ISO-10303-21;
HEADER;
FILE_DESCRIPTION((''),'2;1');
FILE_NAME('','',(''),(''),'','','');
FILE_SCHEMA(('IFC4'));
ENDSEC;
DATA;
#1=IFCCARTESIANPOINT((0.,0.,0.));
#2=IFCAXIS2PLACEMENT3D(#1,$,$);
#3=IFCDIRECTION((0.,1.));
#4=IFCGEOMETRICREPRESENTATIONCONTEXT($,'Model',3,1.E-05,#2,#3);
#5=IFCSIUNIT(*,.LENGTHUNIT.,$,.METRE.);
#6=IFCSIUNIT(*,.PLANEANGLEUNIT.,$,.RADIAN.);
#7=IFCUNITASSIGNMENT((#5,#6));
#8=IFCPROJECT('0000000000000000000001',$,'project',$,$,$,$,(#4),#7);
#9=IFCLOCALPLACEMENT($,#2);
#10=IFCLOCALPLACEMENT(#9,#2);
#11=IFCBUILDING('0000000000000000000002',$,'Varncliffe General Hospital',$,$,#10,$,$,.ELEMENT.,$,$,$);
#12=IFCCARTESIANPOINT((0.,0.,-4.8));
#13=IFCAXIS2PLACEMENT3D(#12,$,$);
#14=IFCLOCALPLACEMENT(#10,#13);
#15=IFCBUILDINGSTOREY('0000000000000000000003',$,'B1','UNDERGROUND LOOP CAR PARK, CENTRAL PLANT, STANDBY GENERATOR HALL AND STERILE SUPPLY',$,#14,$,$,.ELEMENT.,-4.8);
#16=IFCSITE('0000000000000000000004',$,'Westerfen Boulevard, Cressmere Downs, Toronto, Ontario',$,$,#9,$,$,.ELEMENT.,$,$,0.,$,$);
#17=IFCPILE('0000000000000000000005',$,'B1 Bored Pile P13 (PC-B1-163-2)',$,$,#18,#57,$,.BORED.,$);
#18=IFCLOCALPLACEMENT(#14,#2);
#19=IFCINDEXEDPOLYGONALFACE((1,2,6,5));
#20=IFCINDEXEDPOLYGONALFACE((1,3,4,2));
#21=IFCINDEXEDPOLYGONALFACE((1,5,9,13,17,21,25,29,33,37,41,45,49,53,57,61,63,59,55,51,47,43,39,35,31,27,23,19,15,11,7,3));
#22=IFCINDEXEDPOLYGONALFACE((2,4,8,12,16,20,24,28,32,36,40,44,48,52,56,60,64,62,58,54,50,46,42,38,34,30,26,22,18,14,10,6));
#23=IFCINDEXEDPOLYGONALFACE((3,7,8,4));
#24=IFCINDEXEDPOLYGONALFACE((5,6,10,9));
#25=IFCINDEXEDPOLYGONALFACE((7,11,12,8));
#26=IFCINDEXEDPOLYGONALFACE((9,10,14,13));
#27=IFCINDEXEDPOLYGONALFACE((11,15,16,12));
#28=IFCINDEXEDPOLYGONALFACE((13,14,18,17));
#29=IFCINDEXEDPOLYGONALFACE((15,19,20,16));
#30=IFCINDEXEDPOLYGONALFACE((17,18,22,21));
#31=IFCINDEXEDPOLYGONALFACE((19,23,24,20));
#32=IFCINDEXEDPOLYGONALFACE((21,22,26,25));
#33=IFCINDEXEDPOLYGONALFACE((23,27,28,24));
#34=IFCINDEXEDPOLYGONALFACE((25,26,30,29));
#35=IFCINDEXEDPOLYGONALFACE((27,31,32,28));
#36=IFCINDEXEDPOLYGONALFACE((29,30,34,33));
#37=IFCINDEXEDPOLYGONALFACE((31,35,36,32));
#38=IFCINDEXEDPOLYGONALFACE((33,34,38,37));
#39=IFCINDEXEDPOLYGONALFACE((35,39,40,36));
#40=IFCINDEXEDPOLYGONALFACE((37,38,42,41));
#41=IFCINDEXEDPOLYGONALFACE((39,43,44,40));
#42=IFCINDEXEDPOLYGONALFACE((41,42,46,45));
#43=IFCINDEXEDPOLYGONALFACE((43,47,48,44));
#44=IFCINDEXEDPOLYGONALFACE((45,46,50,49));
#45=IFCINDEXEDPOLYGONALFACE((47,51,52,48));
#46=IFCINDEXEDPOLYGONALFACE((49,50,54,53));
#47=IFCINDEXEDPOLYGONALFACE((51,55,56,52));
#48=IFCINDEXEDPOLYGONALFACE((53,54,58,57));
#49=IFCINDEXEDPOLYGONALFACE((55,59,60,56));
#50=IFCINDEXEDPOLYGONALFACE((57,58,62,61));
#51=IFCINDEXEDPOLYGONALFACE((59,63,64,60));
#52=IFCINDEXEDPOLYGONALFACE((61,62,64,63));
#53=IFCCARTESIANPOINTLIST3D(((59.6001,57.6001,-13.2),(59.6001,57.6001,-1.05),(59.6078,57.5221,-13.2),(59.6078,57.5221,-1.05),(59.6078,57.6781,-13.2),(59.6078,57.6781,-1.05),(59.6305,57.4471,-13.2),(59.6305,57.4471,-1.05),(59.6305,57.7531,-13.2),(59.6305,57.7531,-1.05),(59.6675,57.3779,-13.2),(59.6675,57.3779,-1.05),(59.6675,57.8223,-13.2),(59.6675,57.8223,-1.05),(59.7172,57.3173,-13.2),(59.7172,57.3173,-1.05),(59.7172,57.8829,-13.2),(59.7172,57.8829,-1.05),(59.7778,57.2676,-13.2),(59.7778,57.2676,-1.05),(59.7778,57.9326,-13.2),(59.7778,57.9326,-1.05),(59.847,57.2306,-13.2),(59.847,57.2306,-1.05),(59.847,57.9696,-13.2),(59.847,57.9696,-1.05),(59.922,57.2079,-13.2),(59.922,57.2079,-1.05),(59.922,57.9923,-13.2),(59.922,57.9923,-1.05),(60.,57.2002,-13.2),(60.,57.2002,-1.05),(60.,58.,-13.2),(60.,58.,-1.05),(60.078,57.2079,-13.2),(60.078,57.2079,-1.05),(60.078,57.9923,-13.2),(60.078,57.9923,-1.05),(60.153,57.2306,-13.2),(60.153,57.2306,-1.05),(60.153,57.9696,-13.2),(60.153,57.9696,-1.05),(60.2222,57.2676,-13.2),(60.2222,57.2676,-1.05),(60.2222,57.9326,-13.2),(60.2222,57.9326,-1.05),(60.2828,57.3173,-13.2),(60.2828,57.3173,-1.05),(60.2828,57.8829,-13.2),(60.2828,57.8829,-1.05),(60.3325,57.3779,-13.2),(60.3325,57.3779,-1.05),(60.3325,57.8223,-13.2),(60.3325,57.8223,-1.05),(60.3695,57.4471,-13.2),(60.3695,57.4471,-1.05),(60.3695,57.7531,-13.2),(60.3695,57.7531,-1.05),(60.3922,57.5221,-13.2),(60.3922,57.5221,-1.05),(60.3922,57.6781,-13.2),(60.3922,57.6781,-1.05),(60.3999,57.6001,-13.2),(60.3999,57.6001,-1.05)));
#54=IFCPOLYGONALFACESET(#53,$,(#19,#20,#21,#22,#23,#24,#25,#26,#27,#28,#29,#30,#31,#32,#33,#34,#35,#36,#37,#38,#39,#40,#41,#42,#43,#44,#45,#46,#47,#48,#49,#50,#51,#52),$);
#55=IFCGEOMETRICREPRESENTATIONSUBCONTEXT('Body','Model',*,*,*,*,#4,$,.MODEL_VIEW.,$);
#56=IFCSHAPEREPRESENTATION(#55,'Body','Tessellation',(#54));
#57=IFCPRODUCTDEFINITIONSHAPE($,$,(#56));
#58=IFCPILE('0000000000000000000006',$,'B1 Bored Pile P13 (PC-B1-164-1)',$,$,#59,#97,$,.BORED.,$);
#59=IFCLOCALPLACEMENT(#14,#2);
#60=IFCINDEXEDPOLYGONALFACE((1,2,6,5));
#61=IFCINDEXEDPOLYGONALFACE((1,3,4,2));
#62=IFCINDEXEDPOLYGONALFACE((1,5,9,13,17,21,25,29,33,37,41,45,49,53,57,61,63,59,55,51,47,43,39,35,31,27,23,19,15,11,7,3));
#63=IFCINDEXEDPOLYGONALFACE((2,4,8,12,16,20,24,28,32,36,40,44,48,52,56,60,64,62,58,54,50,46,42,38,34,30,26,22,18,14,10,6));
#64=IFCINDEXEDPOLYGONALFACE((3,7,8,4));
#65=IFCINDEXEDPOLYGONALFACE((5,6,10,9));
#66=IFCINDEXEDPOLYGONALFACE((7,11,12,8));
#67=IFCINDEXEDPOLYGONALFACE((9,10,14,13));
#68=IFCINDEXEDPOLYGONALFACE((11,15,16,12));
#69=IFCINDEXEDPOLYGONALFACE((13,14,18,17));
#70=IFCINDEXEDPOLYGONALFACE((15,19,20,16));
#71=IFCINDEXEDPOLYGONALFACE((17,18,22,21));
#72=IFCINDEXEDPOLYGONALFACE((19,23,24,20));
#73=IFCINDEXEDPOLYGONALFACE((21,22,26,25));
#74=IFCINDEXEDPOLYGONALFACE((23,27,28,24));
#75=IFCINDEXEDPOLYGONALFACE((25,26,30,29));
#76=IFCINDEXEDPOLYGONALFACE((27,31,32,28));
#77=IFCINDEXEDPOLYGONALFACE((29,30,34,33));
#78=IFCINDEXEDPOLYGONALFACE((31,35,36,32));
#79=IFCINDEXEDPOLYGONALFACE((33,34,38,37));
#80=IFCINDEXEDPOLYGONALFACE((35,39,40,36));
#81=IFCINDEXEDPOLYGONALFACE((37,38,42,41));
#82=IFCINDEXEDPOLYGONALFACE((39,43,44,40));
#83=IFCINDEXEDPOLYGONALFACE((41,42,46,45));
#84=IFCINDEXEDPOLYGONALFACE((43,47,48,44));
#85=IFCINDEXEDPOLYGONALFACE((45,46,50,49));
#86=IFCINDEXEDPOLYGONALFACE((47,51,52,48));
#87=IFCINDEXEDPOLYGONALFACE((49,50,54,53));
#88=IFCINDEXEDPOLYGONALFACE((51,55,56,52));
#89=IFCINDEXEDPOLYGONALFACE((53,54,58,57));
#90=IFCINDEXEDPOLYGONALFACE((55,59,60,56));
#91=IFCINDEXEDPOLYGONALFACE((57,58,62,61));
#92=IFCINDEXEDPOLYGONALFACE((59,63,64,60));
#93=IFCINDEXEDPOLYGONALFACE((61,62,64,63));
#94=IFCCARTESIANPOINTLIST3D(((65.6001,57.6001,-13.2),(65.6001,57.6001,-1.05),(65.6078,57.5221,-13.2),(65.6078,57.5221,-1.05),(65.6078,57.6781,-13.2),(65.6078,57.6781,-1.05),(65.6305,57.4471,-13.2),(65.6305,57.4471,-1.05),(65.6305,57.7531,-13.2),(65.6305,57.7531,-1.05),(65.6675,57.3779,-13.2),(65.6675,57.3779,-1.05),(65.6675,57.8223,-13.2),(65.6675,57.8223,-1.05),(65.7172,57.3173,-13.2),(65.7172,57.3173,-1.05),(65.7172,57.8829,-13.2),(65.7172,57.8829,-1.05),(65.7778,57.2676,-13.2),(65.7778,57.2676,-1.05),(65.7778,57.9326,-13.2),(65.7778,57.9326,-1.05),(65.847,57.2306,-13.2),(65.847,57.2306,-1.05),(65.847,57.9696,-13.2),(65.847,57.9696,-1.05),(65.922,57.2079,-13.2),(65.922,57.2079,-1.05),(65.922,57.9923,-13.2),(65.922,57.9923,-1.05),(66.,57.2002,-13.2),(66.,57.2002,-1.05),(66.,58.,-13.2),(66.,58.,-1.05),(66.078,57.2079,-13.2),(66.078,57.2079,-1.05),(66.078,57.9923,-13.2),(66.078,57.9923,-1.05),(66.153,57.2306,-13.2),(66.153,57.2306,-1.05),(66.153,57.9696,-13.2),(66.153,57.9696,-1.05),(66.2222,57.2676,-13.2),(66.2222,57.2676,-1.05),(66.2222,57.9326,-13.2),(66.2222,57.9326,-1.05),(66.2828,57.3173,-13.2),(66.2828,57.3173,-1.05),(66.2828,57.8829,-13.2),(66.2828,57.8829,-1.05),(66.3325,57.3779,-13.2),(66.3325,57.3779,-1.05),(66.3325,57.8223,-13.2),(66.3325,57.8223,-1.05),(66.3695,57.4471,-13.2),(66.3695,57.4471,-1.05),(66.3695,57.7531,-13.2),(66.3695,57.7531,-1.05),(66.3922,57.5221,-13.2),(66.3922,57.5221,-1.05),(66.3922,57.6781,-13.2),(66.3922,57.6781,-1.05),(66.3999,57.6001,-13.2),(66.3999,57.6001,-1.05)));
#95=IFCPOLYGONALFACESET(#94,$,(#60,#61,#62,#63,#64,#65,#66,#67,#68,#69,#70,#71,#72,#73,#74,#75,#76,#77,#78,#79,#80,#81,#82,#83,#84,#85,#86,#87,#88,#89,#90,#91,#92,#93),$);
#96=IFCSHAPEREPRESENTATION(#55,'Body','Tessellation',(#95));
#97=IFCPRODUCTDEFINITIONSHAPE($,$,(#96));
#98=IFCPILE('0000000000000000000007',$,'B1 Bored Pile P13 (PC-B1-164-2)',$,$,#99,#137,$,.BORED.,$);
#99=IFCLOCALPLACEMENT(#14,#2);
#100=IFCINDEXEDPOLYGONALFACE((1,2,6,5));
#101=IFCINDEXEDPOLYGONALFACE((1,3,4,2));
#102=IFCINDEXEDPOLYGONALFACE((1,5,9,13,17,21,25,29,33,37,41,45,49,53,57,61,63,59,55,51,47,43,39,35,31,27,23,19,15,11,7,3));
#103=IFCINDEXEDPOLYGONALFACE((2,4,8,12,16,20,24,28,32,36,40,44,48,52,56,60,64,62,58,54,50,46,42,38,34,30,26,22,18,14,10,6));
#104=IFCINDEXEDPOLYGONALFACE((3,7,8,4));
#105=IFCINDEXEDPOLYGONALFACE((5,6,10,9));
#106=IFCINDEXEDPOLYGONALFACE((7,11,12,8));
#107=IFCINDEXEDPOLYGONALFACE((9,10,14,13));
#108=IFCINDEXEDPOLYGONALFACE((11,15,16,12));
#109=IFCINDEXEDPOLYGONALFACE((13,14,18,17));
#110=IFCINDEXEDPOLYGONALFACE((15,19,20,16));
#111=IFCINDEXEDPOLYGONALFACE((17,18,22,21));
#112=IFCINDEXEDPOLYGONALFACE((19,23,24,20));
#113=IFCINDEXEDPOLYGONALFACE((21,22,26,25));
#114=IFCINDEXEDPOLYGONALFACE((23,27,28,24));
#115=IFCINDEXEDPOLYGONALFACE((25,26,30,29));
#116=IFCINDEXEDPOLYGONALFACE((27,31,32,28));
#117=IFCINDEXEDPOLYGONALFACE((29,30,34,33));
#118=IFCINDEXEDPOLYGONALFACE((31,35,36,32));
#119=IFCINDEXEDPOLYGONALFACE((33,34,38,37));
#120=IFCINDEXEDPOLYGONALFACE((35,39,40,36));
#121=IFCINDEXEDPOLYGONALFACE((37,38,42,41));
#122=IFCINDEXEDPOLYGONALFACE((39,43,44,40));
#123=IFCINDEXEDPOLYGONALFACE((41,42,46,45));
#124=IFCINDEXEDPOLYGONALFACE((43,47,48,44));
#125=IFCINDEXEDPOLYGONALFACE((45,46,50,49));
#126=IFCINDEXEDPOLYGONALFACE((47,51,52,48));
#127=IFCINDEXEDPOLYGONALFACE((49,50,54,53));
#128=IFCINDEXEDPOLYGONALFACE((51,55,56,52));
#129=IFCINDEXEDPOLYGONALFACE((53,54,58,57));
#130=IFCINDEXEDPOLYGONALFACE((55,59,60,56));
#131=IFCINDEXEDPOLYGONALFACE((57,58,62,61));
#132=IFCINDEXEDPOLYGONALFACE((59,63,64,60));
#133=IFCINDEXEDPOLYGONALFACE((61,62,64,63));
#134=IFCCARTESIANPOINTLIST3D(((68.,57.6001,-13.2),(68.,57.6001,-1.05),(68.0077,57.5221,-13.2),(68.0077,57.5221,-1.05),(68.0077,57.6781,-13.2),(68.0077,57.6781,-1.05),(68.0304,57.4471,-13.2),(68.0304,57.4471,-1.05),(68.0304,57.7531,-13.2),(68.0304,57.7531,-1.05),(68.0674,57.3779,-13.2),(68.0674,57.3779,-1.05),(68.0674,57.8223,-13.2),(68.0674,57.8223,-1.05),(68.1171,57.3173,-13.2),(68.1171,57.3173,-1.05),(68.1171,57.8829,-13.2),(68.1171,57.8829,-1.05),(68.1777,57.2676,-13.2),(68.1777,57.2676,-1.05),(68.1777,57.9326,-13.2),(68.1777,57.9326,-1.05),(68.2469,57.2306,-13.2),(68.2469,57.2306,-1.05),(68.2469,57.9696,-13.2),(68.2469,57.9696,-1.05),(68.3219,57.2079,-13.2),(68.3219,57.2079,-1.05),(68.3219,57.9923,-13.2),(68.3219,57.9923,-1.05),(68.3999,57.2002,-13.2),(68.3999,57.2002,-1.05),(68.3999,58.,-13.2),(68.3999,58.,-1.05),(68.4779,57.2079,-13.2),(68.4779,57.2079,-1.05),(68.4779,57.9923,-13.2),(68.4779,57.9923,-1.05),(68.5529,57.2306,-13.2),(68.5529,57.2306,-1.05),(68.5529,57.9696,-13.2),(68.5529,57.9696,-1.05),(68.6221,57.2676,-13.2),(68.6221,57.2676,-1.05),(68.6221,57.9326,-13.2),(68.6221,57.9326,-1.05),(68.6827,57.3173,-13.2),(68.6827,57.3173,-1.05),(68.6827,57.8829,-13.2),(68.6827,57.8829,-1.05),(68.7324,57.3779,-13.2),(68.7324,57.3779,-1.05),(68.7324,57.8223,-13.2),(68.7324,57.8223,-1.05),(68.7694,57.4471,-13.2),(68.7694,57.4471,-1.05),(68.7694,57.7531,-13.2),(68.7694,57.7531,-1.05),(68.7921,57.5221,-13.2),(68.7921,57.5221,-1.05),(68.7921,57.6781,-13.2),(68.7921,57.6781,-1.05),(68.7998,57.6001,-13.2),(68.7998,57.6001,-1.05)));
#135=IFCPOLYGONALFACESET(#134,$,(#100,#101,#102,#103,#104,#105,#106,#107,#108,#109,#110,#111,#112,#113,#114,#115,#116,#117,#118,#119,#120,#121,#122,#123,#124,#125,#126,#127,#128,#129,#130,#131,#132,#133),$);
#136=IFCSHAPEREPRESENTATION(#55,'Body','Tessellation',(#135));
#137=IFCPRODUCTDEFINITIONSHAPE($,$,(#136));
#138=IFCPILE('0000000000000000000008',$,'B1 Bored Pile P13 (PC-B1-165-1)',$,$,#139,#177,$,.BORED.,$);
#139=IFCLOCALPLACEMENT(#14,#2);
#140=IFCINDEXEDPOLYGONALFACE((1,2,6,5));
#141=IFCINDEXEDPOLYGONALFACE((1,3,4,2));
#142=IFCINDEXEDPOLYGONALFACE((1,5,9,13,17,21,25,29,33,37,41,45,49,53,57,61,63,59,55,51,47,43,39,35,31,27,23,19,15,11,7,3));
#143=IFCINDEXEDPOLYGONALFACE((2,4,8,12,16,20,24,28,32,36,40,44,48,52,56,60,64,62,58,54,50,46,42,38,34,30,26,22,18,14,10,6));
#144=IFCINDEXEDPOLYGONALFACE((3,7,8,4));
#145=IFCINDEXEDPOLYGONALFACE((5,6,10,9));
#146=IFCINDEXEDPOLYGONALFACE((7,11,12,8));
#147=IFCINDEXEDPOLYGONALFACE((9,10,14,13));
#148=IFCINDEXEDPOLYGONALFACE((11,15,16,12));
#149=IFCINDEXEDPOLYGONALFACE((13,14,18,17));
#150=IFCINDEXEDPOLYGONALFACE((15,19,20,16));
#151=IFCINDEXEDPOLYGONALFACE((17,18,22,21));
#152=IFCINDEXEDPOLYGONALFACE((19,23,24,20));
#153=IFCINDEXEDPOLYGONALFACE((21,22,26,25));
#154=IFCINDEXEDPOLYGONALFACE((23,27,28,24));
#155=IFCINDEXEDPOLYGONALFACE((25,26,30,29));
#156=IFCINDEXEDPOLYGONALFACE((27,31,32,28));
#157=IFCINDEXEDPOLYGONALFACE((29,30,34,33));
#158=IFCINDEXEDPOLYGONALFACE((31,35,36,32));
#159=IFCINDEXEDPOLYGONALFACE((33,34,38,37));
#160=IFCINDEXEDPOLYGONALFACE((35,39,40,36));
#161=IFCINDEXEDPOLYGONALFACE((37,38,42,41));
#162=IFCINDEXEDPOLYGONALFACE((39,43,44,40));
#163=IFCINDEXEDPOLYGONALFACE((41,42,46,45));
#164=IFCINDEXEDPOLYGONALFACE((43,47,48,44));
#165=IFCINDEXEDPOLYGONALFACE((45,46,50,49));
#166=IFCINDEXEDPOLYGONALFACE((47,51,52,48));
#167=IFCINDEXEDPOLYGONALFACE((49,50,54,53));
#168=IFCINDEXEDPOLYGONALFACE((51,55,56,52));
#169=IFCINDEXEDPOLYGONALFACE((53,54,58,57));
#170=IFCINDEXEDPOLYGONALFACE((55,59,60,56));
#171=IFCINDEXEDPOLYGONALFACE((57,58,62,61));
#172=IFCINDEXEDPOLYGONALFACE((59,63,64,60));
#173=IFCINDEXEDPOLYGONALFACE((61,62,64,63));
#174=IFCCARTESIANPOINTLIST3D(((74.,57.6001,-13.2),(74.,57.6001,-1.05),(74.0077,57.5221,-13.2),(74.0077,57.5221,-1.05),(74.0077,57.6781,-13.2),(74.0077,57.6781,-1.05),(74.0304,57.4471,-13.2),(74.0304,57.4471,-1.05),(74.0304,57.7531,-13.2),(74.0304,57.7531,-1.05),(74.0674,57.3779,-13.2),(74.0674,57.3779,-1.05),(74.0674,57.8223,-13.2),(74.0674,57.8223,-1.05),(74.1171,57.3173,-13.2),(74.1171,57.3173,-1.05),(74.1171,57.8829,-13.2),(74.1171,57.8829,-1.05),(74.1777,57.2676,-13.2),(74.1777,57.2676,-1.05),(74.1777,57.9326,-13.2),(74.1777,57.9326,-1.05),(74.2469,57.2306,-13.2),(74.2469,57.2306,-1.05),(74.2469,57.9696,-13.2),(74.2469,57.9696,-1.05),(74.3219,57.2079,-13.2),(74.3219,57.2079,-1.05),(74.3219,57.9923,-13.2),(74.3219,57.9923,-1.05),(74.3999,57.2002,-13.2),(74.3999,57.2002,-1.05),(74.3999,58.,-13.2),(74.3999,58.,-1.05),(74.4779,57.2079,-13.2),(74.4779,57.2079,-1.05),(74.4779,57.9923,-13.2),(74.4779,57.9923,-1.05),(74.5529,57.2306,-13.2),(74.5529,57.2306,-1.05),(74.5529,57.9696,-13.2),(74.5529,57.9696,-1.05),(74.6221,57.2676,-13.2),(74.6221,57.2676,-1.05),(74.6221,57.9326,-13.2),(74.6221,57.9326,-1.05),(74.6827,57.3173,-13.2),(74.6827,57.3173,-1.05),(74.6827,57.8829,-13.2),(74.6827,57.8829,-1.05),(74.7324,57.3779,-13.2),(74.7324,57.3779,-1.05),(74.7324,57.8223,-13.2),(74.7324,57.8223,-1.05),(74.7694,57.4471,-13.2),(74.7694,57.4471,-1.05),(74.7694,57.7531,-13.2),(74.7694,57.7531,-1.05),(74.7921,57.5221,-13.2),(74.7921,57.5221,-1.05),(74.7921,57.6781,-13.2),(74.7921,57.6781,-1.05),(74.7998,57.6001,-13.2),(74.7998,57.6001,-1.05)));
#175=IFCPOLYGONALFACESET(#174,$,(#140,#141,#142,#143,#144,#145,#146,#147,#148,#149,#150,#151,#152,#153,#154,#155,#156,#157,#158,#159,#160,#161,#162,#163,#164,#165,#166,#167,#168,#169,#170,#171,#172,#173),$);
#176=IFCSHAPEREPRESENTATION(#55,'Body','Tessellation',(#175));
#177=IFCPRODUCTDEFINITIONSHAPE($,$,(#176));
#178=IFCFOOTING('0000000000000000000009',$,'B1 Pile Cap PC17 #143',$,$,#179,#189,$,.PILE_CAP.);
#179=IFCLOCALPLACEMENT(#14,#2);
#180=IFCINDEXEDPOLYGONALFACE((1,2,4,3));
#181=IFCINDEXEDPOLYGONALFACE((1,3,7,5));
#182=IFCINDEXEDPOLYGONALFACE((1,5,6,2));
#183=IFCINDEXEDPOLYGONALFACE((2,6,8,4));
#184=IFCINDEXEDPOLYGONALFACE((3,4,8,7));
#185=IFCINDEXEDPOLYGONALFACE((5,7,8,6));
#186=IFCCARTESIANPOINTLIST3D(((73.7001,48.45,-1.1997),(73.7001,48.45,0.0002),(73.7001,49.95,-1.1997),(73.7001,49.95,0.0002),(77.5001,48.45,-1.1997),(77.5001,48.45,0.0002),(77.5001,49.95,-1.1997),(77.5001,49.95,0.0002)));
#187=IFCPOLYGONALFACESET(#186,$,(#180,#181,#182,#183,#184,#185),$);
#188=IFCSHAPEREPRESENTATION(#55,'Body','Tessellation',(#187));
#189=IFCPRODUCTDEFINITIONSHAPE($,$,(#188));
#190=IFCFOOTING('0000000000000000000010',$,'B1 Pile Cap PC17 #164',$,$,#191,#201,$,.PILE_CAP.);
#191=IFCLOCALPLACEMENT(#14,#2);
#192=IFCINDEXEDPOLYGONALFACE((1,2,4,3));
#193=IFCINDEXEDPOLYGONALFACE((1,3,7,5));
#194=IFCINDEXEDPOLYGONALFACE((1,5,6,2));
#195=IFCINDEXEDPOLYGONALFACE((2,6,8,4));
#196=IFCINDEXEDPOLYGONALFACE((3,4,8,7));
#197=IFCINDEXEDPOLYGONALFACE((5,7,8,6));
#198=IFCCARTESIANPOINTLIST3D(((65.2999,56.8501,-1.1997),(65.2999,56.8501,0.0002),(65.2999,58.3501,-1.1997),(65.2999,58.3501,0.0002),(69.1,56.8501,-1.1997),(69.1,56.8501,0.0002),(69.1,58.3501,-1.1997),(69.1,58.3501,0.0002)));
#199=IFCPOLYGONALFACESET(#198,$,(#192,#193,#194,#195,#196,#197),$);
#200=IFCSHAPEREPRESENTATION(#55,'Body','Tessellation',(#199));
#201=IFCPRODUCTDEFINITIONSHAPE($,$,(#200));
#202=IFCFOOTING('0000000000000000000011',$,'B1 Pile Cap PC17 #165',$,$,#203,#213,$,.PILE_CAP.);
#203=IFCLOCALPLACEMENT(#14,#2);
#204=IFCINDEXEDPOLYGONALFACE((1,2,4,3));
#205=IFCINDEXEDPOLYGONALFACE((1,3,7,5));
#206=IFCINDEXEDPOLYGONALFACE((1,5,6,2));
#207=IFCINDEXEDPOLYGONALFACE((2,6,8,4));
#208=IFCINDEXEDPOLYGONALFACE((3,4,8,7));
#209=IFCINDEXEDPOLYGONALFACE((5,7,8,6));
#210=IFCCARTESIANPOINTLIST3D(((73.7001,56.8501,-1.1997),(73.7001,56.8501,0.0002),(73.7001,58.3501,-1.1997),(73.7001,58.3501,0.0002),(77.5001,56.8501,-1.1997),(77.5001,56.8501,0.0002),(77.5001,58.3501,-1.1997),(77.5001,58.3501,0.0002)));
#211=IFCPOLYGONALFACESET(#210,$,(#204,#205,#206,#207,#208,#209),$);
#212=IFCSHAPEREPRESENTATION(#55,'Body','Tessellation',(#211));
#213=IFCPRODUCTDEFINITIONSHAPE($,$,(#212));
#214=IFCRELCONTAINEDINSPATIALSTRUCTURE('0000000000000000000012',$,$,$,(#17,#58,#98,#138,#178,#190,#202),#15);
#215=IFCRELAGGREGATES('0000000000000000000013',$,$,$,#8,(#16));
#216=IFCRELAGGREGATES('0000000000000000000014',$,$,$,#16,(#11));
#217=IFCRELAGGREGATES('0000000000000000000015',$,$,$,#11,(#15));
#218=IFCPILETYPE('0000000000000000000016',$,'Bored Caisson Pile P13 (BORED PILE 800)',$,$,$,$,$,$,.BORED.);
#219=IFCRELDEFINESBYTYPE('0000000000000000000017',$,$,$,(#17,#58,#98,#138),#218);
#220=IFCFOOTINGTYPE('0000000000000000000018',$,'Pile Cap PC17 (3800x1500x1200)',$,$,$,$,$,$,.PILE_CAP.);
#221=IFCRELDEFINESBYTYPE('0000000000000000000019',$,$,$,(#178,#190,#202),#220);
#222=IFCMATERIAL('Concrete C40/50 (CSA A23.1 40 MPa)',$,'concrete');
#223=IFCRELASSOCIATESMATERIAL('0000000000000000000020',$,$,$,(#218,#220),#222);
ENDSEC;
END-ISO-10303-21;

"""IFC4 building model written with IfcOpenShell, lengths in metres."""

from ifc_helpers import new_model, si_unit, direction, frame, origin, origin_2d, place, context, subcontext, project, spatial, rectangle, circle, extrude, material, material_profile, profile_set, type_object, element, save


model = new_model("IFC4")

# Units and contexts
model_context = context("Model", 3, precision=1e-05, world=origin(), true_north=direction((0.0, 1.0)))
body_context = subcontext(model_context, "Body", "Model", "MODEL_VIEW")
ifc_project = project(units=[si_unit("LENGTHUNIT", "METRE"), si_unit("PLANEANGLEUNIT", "RADIAN")], contexts=[model_context])

# Site, building, storey
site_placement = place(None, origin())
site = spatial("IfcSite", under=ifc_project, at=site_placement, Name="Westerfen Boulevard, Cressmere Downs, Toronto, Ontario", CompositionType="ELEMENT", RefElevation=0.0)
building_placement = place(site_placement, origin())
building = spatial("IfcBuilding", under=site, at=building_placement, Name="Varncliffe General Hospital", CompositionType="ELEMENT")
storey_placement = place(building_placement, frame((0.0, 0.0, -4.8)))
storey = spatial("IfcBuildingStorey", under=building, at=storey_placement, Name="B1", Description="UNDERGROUND LOOP CAR PARK, CENTRAL PLANT, STANDBY GENERATOR HALL AND STERILE SUPPLY", CompositionType="ELEMENT", Elevation=-4.8)

# Piles
ifc_material_1 = material(Name="Concrete C40/50 (CSA A23.1 40 MPa)", Category="concrete")
ifc_material_profile_1 = material_profile(ifc_material_1, circle(Radius=0.3999, at=origin_2d()), Name="BORED PILE 800")
ifc_profile_set_1 = profile_set([ifc_material_profile_1], Name="Concrete C40/50 (CSA A23.1 40 MPa)")
pile_type = type_object("IfcPileType", Name="Bored Caisson Pile P13 (BORED PILE 800)", PredefinedType="BORED", material=ifc_profile_set_1)
for number, where, z_axis, x_axis, name in (
    (1, (60.0, 57.6001, -1.05), (0.0, 0.0, -1.0), (1.0, 0.0, 0.0), "B1 Bored Pile P13 (PC-B1-163-2)"),
    (2, (66.0, 57.6001, -1.05), (0.0, 0.0, -1.0), (1.0, 0.0, 0.0), "B1 Bored Pile P13 (PC-B1-164-1)"),
    (3, (68.3999, 57.6001, -1.05), (0.0, 0.0, -1.0), (1.0, 0.0, 0.0), "B1 Bored Pile P13 (PC-B1-164-2)"),
    (4, (74.3999, 57.6001, -1.05), (0.0, 0.0, -1.0), (1.0, 0.0, 0.0), "B1 Bored Pile P13 (PC-B1-165-1)"),
):
    element("IfcPile", number, at=place(storey_placement, frame(where, z_axis=z_axis, x_axis=x_axis)), inside=storey, type_object=pile_type, Name=name, PredefinedType="BORED", context=body_context, shape_type="SweptSolid", body=[
        extrude(circle(Radius=0.3999, at=origin_2d()), origin(), (0.0, 0.0, 1.0), 12.1499),
    ])

# Footings
footing_type = type_object("IfcFootingType", Name="Pile Cap PC17 (3800x1500x1200)", PredefinedType="PILE_CAP", material=ifc_material_1)
for number, where, z_axis, x_axis, name in (
    (5, (75.6001, 49.2, -1.1997), (0.0, 0.0, 1.0), (1.0, 0.0, 0.0), "B1 Pile Cap PC17 #143"),
    (6, (67.2, 57.6001, -1.1997), (0.0, 0.0, 1.0), (1.0, 0.0, 0.0), "B1 Pile Cap PC17 #164"),
    (7, (75.6001, 57.6001, -1.1997), (0.0, 0.0, 1.0), (1.0, 0.0, 0.0), "B1 Pile Cap PC17 #165"),
):
    element("IfcFooting", number, at=place(storey_placement, frame(where, z_axis=z_axis, x_axis=x_axis)), inside=storey, type_object=footing_type, Name=name, PredefinedType="PILE_CAP", context=body_context, shape_type="SweptSolid", body=[
        extrude(rectangle(XDim=3.8, YDim=1.5, at=origin_2d()), origin(), (0.0, 0.0, 1.0), 1.2),
    ])

save(model, "model.ifc")
